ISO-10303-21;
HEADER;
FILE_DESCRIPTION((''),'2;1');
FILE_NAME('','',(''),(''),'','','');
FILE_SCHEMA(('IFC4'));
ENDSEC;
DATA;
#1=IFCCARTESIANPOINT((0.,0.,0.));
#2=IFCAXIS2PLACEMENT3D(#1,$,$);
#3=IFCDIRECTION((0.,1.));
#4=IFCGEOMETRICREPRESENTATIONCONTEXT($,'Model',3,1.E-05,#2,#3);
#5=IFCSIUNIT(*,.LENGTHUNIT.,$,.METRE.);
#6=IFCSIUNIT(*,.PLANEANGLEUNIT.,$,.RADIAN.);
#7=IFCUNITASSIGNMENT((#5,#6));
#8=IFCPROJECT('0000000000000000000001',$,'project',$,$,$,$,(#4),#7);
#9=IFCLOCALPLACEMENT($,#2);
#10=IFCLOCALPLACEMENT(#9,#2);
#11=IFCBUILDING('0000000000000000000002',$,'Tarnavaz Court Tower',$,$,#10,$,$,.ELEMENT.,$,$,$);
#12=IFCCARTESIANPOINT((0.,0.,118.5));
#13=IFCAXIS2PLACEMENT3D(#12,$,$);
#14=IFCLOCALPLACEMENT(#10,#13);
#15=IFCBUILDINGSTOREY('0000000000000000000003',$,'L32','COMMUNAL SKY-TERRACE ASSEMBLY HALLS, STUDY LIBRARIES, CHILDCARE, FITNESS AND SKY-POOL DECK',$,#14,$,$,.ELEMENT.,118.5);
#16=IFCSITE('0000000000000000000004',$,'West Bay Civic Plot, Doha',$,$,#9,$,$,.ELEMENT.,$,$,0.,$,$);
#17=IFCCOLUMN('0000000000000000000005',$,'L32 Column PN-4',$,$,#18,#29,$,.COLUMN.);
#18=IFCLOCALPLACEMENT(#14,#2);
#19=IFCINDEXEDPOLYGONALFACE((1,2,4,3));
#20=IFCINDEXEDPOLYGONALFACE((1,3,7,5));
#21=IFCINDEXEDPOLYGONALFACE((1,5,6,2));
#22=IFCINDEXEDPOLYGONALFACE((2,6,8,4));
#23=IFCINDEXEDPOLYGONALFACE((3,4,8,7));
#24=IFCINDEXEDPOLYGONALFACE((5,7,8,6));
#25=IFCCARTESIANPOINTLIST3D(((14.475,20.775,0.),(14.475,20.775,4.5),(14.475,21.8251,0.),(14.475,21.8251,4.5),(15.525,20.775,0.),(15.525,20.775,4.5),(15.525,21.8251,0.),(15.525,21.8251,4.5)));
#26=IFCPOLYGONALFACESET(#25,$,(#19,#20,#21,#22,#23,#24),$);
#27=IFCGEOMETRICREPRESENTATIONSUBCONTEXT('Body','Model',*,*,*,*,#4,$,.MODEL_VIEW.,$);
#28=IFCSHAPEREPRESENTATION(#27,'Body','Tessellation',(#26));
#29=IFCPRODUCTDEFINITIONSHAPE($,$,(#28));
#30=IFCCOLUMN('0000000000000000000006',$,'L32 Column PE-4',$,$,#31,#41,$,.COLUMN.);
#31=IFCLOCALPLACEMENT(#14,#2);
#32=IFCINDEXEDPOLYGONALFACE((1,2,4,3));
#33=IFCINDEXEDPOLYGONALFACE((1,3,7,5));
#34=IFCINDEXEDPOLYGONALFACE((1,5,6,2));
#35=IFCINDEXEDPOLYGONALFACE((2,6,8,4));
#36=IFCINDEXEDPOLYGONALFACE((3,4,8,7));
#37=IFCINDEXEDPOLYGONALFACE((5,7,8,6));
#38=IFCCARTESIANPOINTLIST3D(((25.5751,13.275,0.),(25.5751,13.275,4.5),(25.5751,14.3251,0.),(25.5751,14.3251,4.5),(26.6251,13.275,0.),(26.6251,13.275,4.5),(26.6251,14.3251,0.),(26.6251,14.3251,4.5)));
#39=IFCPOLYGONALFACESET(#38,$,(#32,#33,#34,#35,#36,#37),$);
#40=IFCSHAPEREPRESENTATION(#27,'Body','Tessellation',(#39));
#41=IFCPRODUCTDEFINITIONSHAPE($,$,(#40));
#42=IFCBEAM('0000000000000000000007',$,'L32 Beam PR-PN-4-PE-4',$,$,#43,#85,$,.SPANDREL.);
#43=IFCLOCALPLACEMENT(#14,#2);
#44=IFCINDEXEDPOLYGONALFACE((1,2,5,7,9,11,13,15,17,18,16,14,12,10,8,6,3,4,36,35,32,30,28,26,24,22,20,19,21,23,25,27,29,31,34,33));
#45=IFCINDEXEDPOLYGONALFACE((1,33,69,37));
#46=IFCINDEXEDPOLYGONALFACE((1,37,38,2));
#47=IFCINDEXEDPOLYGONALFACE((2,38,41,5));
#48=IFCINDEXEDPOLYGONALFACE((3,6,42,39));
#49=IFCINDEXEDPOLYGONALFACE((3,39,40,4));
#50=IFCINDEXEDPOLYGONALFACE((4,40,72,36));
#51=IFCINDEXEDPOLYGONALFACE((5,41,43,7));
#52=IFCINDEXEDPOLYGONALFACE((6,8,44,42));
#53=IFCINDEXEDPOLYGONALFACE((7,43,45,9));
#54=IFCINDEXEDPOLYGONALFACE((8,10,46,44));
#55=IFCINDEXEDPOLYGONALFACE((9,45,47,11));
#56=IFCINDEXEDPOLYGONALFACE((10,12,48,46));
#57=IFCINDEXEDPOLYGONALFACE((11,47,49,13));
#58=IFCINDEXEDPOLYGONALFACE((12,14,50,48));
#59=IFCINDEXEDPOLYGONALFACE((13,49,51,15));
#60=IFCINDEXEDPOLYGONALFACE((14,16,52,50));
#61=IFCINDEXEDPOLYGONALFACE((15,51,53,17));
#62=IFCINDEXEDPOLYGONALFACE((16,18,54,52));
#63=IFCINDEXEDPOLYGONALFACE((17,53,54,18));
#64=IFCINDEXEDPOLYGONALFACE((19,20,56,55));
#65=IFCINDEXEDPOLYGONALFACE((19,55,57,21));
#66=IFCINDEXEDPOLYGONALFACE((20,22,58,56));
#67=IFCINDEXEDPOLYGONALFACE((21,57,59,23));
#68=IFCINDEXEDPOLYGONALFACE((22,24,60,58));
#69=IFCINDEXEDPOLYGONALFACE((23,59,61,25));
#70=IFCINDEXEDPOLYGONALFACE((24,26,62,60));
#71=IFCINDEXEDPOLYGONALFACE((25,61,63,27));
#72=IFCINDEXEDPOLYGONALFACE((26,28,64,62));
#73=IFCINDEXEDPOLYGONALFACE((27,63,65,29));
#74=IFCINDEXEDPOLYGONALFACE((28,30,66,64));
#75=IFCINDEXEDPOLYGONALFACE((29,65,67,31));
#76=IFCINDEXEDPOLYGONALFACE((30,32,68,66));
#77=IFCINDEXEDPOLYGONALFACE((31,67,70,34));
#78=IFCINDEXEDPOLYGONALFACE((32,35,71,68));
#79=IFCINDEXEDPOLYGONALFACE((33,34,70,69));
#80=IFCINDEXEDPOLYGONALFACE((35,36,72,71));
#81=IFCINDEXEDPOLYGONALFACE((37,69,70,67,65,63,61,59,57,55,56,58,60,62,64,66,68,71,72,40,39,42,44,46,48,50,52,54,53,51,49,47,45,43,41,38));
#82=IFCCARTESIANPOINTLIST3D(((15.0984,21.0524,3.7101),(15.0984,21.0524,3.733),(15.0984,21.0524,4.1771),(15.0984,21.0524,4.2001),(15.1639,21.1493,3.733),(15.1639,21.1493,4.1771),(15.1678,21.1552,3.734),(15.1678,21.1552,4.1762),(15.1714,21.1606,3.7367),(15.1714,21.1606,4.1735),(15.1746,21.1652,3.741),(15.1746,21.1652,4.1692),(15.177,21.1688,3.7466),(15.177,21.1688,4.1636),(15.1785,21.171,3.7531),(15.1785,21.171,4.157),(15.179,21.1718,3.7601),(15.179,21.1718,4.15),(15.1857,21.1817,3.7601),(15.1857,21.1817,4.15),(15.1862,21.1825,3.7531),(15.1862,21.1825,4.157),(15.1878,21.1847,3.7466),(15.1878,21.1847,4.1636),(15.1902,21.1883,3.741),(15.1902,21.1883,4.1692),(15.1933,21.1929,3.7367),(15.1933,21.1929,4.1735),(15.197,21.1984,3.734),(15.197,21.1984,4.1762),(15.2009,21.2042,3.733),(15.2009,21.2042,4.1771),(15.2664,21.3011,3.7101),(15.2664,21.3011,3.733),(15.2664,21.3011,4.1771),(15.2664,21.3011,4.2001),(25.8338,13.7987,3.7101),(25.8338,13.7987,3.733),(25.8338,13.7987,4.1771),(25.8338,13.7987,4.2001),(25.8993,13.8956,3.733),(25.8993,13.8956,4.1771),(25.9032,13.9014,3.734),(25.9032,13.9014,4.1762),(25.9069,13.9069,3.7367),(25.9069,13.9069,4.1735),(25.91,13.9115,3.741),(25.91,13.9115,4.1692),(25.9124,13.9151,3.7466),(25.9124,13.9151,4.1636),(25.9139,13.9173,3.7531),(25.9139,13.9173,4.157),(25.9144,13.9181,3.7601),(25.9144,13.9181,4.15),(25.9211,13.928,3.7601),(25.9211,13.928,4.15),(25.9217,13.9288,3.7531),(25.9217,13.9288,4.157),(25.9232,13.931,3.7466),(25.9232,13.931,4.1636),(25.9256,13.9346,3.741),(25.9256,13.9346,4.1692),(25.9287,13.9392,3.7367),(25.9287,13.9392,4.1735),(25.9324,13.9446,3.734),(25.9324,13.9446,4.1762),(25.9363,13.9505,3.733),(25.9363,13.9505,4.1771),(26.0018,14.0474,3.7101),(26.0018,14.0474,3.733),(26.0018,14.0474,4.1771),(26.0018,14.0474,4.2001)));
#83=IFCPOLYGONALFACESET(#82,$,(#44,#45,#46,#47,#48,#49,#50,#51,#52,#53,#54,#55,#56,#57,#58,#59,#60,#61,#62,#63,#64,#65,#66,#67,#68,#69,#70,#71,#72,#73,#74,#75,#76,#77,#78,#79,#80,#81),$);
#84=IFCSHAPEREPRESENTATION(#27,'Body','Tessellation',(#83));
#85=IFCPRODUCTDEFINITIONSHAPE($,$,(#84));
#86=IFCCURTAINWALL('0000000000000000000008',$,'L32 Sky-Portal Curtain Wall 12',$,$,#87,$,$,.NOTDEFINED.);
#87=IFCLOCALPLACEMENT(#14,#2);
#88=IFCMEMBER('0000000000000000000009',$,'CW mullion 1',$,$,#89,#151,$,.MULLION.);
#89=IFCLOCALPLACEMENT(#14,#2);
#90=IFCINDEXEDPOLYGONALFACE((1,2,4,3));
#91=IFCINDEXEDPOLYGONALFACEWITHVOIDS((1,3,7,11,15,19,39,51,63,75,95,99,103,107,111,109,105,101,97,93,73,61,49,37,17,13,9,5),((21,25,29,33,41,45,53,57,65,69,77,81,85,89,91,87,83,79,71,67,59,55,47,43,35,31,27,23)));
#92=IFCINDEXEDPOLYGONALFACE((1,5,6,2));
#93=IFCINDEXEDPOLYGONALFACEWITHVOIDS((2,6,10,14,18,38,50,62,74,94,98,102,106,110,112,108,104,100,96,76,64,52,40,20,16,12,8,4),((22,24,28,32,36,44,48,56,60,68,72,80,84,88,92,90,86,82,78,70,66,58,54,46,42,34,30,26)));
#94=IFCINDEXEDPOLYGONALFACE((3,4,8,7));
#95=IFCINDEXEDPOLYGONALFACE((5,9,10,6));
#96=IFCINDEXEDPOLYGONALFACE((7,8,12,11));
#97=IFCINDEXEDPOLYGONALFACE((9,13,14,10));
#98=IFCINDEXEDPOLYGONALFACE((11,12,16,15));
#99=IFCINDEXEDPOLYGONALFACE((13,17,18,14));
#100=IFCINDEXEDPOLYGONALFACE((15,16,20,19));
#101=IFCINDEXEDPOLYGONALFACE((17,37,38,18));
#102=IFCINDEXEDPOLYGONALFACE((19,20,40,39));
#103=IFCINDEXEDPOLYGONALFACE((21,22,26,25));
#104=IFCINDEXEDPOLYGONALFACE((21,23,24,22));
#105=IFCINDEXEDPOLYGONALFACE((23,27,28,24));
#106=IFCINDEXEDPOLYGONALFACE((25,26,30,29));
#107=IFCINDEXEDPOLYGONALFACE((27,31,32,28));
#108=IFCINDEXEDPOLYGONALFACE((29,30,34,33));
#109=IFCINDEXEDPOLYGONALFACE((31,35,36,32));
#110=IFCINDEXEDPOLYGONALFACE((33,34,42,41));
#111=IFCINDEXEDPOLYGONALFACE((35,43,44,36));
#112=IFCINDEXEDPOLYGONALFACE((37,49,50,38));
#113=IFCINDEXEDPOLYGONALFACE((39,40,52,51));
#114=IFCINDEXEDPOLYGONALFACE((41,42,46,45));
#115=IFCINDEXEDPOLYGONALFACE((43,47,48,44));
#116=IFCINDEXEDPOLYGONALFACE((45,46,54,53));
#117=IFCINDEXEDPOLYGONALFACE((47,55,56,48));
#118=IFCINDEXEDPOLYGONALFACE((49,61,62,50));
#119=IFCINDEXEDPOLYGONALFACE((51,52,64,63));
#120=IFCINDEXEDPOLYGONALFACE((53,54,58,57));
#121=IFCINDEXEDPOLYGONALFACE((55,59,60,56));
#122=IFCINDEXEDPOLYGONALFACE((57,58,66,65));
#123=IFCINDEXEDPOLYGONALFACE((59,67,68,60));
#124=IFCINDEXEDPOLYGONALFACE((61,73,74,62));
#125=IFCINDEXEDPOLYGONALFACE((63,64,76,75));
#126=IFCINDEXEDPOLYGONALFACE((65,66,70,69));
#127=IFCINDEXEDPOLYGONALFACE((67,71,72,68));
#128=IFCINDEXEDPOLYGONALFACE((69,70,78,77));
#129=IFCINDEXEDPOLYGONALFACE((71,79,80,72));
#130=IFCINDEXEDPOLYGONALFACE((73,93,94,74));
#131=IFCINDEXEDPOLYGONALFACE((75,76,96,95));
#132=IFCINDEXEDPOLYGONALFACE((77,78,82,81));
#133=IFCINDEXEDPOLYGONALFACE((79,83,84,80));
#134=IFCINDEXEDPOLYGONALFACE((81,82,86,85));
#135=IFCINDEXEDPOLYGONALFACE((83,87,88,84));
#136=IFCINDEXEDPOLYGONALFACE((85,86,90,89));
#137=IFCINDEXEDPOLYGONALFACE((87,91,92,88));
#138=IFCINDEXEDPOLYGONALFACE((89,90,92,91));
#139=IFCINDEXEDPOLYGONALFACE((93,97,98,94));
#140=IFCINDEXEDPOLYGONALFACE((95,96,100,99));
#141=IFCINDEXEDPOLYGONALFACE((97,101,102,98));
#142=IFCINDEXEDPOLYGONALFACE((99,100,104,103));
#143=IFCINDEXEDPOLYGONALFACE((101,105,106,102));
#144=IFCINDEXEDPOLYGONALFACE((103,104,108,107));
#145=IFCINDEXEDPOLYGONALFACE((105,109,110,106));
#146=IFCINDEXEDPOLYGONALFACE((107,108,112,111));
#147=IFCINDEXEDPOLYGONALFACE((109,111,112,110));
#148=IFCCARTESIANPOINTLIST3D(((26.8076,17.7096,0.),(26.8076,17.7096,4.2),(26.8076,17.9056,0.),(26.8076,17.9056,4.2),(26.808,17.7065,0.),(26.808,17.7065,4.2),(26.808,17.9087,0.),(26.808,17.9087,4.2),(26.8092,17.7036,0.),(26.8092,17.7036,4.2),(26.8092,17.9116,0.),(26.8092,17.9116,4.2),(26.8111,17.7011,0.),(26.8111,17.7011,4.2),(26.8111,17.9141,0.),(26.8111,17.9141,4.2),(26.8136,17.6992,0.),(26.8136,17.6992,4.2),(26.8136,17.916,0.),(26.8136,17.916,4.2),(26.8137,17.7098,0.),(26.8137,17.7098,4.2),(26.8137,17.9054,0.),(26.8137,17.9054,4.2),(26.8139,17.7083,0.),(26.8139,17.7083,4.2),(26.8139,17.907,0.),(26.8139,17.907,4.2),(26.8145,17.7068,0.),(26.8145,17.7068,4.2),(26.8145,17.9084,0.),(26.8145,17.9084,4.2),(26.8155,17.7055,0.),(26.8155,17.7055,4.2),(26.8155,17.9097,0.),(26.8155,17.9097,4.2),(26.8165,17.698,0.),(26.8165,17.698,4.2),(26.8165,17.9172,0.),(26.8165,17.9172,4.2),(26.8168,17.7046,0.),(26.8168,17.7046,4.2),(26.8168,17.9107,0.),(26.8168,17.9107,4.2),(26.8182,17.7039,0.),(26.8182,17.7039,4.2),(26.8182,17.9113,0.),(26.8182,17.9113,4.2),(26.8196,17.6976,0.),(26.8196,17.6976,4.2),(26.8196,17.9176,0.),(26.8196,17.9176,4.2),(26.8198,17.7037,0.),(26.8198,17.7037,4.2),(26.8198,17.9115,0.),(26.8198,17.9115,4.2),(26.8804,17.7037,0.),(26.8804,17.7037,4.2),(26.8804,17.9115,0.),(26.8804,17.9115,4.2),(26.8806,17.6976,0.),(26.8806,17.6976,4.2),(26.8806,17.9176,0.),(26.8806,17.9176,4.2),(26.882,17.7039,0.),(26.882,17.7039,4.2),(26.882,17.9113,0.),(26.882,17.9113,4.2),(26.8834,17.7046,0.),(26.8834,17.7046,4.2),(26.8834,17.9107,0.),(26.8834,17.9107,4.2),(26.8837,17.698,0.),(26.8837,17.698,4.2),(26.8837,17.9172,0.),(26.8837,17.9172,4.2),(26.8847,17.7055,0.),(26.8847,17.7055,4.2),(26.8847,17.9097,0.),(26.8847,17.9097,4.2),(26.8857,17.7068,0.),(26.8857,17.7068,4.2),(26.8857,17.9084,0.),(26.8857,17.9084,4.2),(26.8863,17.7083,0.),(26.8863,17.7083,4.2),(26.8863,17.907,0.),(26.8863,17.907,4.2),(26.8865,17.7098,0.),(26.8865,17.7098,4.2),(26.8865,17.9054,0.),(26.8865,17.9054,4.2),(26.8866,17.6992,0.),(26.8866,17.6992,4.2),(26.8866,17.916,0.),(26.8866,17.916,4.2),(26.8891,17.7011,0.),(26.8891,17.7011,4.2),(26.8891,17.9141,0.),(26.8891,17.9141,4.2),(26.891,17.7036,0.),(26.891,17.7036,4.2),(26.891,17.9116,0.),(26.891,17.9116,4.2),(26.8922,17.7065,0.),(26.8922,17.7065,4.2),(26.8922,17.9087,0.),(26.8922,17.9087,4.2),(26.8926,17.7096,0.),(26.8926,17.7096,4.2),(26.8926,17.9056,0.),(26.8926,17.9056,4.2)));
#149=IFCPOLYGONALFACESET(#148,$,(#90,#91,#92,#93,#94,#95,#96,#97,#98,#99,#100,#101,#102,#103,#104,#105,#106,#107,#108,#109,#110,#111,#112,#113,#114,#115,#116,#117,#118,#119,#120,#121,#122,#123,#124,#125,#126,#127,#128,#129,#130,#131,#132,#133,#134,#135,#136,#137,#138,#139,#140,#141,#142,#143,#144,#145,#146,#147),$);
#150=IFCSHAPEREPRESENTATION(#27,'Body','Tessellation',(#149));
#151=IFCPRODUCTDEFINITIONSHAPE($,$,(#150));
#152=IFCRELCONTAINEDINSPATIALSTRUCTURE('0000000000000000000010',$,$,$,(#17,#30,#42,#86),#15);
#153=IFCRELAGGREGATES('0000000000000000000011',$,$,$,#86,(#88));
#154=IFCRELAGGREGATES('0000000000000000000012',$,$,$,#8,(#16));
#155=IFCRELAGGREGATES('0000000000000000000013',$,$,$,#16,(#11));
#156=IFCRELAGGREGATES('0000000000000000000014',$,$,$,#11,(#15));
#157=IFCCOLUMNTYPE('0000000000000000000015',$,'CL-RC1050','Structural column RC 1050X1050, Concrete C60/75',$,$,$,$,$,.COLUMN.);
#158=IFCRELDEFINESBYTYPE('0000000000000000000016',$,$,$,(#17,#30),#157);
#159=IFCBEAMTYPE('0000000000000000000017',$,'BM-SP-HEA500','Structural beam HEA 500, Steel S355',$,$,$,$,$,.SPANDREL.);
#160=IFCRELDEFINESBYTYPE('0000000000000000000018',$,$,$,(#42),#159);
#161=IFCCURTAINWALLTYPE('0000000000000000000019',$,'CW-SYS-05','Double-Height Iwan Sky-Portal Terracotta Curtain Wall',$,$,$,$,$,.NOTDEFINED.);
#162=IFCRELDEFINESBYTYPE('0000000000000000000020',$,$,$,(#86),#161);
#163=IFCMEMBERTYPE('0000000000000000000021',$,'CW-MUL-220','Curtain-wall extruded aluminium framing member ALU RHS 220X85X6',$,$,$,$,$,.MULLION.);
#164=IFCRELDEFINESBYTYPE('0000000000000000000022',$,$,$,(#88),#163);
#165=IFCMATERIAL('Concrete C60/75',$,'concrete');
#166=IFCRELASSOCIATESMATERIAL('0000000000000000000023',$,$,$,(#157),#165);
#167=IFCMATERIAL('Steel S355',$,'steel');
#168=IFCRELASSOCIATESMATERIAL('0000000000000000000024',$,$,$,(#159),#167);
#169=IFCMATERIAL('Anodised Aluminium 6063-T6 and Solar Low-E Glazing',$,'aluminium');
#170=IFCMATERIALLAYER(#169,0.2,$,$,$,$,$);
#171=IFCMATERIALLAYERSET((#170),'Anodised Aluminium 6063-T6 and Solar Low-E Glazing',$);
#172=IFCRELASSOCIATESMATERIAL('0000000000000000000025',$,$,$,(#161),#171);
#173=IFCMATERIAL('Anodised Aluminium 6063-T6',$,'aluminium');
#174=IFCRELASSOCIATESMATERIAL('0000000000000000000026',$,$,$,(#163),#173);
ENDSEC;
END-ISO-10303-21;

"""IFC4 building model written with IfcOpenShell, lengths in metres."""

from ifc_helpers import new_model, si_unit, direction, frame, origin, origin_2d, place, context, subcontext, project, spatial, rectangle, hollow_rectangle, i_section, extrude, material, layer, layer_set, material_profile, profile_set, type_object, element, aggregate, save


model = new_model("IFC4")

# Units and contexts
model_context = context("Model", 3, precision=1e-05, world=origin(), true_north=direction((0.0, 1.0)))
body_context = subcontext(model_context, "Body", "Model", "MODEL_VIEW")
ifc_project = project(units=[si_unit("LENGTHUNIT", "METRE"), si_unit("PLANEANGLEUNIT", "RADIAN")], contexts=[model_context])

# Site, building, storey
site_placement = place(None, origin())
site = spatial("IfcSite", under=ifc_project, at=site_placement, Name="West Bay Civic Plot, Doha", CompositionType="ELEMENT", RefElevation=0.0)
building_placement = place(site_placement, origin())
building = spatial("IfcBuilding", under=site, at=building_placement, Name="Tarnavaz Court Tower", CompositionType="ELEMENT")
storey_placement = place(building_placement, frame((0.0, 0.0, 118.5)))
storey = spatial("IfcBuildingStorey", under=building, at=storey_placement, Name="L32", Description="COMMUNAL SKY-TERRACE ASSEMBLY HALLS, STUDY LIBRARIES, CHILDCARE, FITNESS AND SKY-POOL DECK", CompositionType="ELEMENT", Elevation=118.5)

# Columns
ifc_material_1 = material(Name="Concrete C60/75", Category="concrete")
ifc_material_profile_1 = material_profile(ifc_material_1, rectangle(XDim=1.05, YDim=1.05, at=origin_2d()), Name="RC 1050X1050")
ifc_profile_set_1 = profile_set([ifc_material_profile_1], Name="Concrete C60/75")
column_type = type_object("IfcColumnType", Name="CL-RC1050", Description="Structural column RC 1050X1050, Concrete C60/75", PredefinedType="COLUMN", material=ifc_profile_set_1)
for number, where, z_axis, x_axis, name in (
    (1, (15.0, 21.3, 0.0), (0.0, 0.0, 1.0), (1.0, 0.0, 0.0), "L32 Column PN-4"),
    (2, (26.1001, 13.8, 0.0), (0.0, 0.0, 1.0), (1.0, 0.0, 0.0), "L32 Column PE-4"),
):
    element("IfcColumn", number, at=place(storey_placement, frame(where, z_axis=z_axis, x_axis=x_axis)), inside=storey, type_object=column_type, Name=name, PredefinedType="COLUMN", context=body_context, shape_type="SweptSolid", body=[
        extrude(rectangle(XDim=1.05, YDim=1.05, at=origin_2d()), origin(), (0.0, 0.0, 1.0), 4.5),
    ])

# Beam
ifc_material_2 = material(Name="Steel S355", Category="steel")
ifc_material_profile_2 = material_profile(ifc_material_2, i_section(OverallWidth=0.3, OverallDepth=0.49, WebThickness=0.012, FlangeThickness=0.0229, FilletRadius=0.0271, at=origin_2d()), Name="HEA 500")
ifc_profile_set_2 = profile_set([ifc_material_profile_2], Name="Steel S355")
beam_type = type_object("IfcBeamType", Name="BM-SP-HEA500", Description="Structural beam HEA 500, Steel S355", PredefinedType="SPANDREL", material=ifc_profile_set_2)
beam_placement = place(storey_placement, frame((15.1824, 21.1768, 3.9551), z_axis=(0.828587, -0.55986, 0.0), x_axis=(0.55986, 0.828587, 0.0)))
element("IfcBeam", 3, at=beam_placement, inside=storey, type_object=beam_type, Name="L32 Beam PR-PN-4-PE-4", PredefinedType="SPANDREL", context=body_context, shape_type="SweptSolid", body=[
    extrude(i_section(OverallWidth=0.3, OverallDepth=0.49, WebThickness=0.012, FlangeThickness=0.0229, FilletRadius=0.0271, at=origin_2d()), origin(), (0.0, 0.0, 1.0), 12.9563),
])

# Curtain wall, member
ifc_material_3 = material(Name="Anodised Aluminium 6063-T6 and Solar Low-E Glazing", Category="aluminium")
ifc_layer_1 = layer(ifc_material_3, 0.2)
ifc_layer_set_1 = layer_set([ifc_layer_1], Name="Anodised Aluminium 6063-T6 and Solar Low-E Glazing")
curtain_wall_type = type_object("IfcCurtainWallType", Name="CW-SYS-05", Description="Double-Height Iwan Sky-Portal Terracotta Curtain Wall", PredefinedType="NOTDEFINED", material=ifc_layer_set_1)
curtain_wall_placement = place(storey_placement, origin())
curtain_wall = element("IfcCurtainWall", 4, at=curtain_wall_placement, inside=storey, type_object=curtain_wall_type, Name="L32 Sky-Portal Curtain Wall 12", PredefinedType="NOTDEFINED")
ifc_material_4 = material(Name="Anodised Aluminium 6063-T6", Category="aluminium")
ifc_material_profile_3 = material_profile(ifc_material_4, hollow_rectangle(XDim=0.085, YDim=0.22, WallThickness=0.0061, InnerFilletRadius=0.0061, OuterFilletRadius=0.012, at=origin_2d()), Name="ALU RHS 220X85X6")
ifc_profile_set_3 = profile_set([ifc_material_profile_3], Name="Anodised Aluminium 6063-T6")
member_type_1 = type_object("IfcMemberType", Name="CW-MUL-220", Description="Curtain-wall extruded aluminium framing member ALU RHS 220X85X6", PredefinedType="MULLION", material=ifc_profile_set_3)
member_1_placement = place(storey_placement, frame((26.8501, 17.8076, 0.0), z_axis=(0.0, 0.0, 1.0), x_axis=(1.0, 0.0, 0.0)))
member_1 = element("IfcMember", 5, at=member_1_placement, type_object=member_type_1, Name="CW mullion 1", PredefinedType="MULLION", context=body_context, shape_type="SweptSolid", body=[
    extrude(hollow_rectangle(XDim=0.085, YDim=0.22, WallThickness=0.0061, InnerFilletRadius=0.0061, OuterFilletRadius=0.012, at=origin_2d()), origin(), (0.0, 0.0, 1.0), 4.2),
])
aggregate(curtain_wall, [member_1])

save(model, "model.ifc")
